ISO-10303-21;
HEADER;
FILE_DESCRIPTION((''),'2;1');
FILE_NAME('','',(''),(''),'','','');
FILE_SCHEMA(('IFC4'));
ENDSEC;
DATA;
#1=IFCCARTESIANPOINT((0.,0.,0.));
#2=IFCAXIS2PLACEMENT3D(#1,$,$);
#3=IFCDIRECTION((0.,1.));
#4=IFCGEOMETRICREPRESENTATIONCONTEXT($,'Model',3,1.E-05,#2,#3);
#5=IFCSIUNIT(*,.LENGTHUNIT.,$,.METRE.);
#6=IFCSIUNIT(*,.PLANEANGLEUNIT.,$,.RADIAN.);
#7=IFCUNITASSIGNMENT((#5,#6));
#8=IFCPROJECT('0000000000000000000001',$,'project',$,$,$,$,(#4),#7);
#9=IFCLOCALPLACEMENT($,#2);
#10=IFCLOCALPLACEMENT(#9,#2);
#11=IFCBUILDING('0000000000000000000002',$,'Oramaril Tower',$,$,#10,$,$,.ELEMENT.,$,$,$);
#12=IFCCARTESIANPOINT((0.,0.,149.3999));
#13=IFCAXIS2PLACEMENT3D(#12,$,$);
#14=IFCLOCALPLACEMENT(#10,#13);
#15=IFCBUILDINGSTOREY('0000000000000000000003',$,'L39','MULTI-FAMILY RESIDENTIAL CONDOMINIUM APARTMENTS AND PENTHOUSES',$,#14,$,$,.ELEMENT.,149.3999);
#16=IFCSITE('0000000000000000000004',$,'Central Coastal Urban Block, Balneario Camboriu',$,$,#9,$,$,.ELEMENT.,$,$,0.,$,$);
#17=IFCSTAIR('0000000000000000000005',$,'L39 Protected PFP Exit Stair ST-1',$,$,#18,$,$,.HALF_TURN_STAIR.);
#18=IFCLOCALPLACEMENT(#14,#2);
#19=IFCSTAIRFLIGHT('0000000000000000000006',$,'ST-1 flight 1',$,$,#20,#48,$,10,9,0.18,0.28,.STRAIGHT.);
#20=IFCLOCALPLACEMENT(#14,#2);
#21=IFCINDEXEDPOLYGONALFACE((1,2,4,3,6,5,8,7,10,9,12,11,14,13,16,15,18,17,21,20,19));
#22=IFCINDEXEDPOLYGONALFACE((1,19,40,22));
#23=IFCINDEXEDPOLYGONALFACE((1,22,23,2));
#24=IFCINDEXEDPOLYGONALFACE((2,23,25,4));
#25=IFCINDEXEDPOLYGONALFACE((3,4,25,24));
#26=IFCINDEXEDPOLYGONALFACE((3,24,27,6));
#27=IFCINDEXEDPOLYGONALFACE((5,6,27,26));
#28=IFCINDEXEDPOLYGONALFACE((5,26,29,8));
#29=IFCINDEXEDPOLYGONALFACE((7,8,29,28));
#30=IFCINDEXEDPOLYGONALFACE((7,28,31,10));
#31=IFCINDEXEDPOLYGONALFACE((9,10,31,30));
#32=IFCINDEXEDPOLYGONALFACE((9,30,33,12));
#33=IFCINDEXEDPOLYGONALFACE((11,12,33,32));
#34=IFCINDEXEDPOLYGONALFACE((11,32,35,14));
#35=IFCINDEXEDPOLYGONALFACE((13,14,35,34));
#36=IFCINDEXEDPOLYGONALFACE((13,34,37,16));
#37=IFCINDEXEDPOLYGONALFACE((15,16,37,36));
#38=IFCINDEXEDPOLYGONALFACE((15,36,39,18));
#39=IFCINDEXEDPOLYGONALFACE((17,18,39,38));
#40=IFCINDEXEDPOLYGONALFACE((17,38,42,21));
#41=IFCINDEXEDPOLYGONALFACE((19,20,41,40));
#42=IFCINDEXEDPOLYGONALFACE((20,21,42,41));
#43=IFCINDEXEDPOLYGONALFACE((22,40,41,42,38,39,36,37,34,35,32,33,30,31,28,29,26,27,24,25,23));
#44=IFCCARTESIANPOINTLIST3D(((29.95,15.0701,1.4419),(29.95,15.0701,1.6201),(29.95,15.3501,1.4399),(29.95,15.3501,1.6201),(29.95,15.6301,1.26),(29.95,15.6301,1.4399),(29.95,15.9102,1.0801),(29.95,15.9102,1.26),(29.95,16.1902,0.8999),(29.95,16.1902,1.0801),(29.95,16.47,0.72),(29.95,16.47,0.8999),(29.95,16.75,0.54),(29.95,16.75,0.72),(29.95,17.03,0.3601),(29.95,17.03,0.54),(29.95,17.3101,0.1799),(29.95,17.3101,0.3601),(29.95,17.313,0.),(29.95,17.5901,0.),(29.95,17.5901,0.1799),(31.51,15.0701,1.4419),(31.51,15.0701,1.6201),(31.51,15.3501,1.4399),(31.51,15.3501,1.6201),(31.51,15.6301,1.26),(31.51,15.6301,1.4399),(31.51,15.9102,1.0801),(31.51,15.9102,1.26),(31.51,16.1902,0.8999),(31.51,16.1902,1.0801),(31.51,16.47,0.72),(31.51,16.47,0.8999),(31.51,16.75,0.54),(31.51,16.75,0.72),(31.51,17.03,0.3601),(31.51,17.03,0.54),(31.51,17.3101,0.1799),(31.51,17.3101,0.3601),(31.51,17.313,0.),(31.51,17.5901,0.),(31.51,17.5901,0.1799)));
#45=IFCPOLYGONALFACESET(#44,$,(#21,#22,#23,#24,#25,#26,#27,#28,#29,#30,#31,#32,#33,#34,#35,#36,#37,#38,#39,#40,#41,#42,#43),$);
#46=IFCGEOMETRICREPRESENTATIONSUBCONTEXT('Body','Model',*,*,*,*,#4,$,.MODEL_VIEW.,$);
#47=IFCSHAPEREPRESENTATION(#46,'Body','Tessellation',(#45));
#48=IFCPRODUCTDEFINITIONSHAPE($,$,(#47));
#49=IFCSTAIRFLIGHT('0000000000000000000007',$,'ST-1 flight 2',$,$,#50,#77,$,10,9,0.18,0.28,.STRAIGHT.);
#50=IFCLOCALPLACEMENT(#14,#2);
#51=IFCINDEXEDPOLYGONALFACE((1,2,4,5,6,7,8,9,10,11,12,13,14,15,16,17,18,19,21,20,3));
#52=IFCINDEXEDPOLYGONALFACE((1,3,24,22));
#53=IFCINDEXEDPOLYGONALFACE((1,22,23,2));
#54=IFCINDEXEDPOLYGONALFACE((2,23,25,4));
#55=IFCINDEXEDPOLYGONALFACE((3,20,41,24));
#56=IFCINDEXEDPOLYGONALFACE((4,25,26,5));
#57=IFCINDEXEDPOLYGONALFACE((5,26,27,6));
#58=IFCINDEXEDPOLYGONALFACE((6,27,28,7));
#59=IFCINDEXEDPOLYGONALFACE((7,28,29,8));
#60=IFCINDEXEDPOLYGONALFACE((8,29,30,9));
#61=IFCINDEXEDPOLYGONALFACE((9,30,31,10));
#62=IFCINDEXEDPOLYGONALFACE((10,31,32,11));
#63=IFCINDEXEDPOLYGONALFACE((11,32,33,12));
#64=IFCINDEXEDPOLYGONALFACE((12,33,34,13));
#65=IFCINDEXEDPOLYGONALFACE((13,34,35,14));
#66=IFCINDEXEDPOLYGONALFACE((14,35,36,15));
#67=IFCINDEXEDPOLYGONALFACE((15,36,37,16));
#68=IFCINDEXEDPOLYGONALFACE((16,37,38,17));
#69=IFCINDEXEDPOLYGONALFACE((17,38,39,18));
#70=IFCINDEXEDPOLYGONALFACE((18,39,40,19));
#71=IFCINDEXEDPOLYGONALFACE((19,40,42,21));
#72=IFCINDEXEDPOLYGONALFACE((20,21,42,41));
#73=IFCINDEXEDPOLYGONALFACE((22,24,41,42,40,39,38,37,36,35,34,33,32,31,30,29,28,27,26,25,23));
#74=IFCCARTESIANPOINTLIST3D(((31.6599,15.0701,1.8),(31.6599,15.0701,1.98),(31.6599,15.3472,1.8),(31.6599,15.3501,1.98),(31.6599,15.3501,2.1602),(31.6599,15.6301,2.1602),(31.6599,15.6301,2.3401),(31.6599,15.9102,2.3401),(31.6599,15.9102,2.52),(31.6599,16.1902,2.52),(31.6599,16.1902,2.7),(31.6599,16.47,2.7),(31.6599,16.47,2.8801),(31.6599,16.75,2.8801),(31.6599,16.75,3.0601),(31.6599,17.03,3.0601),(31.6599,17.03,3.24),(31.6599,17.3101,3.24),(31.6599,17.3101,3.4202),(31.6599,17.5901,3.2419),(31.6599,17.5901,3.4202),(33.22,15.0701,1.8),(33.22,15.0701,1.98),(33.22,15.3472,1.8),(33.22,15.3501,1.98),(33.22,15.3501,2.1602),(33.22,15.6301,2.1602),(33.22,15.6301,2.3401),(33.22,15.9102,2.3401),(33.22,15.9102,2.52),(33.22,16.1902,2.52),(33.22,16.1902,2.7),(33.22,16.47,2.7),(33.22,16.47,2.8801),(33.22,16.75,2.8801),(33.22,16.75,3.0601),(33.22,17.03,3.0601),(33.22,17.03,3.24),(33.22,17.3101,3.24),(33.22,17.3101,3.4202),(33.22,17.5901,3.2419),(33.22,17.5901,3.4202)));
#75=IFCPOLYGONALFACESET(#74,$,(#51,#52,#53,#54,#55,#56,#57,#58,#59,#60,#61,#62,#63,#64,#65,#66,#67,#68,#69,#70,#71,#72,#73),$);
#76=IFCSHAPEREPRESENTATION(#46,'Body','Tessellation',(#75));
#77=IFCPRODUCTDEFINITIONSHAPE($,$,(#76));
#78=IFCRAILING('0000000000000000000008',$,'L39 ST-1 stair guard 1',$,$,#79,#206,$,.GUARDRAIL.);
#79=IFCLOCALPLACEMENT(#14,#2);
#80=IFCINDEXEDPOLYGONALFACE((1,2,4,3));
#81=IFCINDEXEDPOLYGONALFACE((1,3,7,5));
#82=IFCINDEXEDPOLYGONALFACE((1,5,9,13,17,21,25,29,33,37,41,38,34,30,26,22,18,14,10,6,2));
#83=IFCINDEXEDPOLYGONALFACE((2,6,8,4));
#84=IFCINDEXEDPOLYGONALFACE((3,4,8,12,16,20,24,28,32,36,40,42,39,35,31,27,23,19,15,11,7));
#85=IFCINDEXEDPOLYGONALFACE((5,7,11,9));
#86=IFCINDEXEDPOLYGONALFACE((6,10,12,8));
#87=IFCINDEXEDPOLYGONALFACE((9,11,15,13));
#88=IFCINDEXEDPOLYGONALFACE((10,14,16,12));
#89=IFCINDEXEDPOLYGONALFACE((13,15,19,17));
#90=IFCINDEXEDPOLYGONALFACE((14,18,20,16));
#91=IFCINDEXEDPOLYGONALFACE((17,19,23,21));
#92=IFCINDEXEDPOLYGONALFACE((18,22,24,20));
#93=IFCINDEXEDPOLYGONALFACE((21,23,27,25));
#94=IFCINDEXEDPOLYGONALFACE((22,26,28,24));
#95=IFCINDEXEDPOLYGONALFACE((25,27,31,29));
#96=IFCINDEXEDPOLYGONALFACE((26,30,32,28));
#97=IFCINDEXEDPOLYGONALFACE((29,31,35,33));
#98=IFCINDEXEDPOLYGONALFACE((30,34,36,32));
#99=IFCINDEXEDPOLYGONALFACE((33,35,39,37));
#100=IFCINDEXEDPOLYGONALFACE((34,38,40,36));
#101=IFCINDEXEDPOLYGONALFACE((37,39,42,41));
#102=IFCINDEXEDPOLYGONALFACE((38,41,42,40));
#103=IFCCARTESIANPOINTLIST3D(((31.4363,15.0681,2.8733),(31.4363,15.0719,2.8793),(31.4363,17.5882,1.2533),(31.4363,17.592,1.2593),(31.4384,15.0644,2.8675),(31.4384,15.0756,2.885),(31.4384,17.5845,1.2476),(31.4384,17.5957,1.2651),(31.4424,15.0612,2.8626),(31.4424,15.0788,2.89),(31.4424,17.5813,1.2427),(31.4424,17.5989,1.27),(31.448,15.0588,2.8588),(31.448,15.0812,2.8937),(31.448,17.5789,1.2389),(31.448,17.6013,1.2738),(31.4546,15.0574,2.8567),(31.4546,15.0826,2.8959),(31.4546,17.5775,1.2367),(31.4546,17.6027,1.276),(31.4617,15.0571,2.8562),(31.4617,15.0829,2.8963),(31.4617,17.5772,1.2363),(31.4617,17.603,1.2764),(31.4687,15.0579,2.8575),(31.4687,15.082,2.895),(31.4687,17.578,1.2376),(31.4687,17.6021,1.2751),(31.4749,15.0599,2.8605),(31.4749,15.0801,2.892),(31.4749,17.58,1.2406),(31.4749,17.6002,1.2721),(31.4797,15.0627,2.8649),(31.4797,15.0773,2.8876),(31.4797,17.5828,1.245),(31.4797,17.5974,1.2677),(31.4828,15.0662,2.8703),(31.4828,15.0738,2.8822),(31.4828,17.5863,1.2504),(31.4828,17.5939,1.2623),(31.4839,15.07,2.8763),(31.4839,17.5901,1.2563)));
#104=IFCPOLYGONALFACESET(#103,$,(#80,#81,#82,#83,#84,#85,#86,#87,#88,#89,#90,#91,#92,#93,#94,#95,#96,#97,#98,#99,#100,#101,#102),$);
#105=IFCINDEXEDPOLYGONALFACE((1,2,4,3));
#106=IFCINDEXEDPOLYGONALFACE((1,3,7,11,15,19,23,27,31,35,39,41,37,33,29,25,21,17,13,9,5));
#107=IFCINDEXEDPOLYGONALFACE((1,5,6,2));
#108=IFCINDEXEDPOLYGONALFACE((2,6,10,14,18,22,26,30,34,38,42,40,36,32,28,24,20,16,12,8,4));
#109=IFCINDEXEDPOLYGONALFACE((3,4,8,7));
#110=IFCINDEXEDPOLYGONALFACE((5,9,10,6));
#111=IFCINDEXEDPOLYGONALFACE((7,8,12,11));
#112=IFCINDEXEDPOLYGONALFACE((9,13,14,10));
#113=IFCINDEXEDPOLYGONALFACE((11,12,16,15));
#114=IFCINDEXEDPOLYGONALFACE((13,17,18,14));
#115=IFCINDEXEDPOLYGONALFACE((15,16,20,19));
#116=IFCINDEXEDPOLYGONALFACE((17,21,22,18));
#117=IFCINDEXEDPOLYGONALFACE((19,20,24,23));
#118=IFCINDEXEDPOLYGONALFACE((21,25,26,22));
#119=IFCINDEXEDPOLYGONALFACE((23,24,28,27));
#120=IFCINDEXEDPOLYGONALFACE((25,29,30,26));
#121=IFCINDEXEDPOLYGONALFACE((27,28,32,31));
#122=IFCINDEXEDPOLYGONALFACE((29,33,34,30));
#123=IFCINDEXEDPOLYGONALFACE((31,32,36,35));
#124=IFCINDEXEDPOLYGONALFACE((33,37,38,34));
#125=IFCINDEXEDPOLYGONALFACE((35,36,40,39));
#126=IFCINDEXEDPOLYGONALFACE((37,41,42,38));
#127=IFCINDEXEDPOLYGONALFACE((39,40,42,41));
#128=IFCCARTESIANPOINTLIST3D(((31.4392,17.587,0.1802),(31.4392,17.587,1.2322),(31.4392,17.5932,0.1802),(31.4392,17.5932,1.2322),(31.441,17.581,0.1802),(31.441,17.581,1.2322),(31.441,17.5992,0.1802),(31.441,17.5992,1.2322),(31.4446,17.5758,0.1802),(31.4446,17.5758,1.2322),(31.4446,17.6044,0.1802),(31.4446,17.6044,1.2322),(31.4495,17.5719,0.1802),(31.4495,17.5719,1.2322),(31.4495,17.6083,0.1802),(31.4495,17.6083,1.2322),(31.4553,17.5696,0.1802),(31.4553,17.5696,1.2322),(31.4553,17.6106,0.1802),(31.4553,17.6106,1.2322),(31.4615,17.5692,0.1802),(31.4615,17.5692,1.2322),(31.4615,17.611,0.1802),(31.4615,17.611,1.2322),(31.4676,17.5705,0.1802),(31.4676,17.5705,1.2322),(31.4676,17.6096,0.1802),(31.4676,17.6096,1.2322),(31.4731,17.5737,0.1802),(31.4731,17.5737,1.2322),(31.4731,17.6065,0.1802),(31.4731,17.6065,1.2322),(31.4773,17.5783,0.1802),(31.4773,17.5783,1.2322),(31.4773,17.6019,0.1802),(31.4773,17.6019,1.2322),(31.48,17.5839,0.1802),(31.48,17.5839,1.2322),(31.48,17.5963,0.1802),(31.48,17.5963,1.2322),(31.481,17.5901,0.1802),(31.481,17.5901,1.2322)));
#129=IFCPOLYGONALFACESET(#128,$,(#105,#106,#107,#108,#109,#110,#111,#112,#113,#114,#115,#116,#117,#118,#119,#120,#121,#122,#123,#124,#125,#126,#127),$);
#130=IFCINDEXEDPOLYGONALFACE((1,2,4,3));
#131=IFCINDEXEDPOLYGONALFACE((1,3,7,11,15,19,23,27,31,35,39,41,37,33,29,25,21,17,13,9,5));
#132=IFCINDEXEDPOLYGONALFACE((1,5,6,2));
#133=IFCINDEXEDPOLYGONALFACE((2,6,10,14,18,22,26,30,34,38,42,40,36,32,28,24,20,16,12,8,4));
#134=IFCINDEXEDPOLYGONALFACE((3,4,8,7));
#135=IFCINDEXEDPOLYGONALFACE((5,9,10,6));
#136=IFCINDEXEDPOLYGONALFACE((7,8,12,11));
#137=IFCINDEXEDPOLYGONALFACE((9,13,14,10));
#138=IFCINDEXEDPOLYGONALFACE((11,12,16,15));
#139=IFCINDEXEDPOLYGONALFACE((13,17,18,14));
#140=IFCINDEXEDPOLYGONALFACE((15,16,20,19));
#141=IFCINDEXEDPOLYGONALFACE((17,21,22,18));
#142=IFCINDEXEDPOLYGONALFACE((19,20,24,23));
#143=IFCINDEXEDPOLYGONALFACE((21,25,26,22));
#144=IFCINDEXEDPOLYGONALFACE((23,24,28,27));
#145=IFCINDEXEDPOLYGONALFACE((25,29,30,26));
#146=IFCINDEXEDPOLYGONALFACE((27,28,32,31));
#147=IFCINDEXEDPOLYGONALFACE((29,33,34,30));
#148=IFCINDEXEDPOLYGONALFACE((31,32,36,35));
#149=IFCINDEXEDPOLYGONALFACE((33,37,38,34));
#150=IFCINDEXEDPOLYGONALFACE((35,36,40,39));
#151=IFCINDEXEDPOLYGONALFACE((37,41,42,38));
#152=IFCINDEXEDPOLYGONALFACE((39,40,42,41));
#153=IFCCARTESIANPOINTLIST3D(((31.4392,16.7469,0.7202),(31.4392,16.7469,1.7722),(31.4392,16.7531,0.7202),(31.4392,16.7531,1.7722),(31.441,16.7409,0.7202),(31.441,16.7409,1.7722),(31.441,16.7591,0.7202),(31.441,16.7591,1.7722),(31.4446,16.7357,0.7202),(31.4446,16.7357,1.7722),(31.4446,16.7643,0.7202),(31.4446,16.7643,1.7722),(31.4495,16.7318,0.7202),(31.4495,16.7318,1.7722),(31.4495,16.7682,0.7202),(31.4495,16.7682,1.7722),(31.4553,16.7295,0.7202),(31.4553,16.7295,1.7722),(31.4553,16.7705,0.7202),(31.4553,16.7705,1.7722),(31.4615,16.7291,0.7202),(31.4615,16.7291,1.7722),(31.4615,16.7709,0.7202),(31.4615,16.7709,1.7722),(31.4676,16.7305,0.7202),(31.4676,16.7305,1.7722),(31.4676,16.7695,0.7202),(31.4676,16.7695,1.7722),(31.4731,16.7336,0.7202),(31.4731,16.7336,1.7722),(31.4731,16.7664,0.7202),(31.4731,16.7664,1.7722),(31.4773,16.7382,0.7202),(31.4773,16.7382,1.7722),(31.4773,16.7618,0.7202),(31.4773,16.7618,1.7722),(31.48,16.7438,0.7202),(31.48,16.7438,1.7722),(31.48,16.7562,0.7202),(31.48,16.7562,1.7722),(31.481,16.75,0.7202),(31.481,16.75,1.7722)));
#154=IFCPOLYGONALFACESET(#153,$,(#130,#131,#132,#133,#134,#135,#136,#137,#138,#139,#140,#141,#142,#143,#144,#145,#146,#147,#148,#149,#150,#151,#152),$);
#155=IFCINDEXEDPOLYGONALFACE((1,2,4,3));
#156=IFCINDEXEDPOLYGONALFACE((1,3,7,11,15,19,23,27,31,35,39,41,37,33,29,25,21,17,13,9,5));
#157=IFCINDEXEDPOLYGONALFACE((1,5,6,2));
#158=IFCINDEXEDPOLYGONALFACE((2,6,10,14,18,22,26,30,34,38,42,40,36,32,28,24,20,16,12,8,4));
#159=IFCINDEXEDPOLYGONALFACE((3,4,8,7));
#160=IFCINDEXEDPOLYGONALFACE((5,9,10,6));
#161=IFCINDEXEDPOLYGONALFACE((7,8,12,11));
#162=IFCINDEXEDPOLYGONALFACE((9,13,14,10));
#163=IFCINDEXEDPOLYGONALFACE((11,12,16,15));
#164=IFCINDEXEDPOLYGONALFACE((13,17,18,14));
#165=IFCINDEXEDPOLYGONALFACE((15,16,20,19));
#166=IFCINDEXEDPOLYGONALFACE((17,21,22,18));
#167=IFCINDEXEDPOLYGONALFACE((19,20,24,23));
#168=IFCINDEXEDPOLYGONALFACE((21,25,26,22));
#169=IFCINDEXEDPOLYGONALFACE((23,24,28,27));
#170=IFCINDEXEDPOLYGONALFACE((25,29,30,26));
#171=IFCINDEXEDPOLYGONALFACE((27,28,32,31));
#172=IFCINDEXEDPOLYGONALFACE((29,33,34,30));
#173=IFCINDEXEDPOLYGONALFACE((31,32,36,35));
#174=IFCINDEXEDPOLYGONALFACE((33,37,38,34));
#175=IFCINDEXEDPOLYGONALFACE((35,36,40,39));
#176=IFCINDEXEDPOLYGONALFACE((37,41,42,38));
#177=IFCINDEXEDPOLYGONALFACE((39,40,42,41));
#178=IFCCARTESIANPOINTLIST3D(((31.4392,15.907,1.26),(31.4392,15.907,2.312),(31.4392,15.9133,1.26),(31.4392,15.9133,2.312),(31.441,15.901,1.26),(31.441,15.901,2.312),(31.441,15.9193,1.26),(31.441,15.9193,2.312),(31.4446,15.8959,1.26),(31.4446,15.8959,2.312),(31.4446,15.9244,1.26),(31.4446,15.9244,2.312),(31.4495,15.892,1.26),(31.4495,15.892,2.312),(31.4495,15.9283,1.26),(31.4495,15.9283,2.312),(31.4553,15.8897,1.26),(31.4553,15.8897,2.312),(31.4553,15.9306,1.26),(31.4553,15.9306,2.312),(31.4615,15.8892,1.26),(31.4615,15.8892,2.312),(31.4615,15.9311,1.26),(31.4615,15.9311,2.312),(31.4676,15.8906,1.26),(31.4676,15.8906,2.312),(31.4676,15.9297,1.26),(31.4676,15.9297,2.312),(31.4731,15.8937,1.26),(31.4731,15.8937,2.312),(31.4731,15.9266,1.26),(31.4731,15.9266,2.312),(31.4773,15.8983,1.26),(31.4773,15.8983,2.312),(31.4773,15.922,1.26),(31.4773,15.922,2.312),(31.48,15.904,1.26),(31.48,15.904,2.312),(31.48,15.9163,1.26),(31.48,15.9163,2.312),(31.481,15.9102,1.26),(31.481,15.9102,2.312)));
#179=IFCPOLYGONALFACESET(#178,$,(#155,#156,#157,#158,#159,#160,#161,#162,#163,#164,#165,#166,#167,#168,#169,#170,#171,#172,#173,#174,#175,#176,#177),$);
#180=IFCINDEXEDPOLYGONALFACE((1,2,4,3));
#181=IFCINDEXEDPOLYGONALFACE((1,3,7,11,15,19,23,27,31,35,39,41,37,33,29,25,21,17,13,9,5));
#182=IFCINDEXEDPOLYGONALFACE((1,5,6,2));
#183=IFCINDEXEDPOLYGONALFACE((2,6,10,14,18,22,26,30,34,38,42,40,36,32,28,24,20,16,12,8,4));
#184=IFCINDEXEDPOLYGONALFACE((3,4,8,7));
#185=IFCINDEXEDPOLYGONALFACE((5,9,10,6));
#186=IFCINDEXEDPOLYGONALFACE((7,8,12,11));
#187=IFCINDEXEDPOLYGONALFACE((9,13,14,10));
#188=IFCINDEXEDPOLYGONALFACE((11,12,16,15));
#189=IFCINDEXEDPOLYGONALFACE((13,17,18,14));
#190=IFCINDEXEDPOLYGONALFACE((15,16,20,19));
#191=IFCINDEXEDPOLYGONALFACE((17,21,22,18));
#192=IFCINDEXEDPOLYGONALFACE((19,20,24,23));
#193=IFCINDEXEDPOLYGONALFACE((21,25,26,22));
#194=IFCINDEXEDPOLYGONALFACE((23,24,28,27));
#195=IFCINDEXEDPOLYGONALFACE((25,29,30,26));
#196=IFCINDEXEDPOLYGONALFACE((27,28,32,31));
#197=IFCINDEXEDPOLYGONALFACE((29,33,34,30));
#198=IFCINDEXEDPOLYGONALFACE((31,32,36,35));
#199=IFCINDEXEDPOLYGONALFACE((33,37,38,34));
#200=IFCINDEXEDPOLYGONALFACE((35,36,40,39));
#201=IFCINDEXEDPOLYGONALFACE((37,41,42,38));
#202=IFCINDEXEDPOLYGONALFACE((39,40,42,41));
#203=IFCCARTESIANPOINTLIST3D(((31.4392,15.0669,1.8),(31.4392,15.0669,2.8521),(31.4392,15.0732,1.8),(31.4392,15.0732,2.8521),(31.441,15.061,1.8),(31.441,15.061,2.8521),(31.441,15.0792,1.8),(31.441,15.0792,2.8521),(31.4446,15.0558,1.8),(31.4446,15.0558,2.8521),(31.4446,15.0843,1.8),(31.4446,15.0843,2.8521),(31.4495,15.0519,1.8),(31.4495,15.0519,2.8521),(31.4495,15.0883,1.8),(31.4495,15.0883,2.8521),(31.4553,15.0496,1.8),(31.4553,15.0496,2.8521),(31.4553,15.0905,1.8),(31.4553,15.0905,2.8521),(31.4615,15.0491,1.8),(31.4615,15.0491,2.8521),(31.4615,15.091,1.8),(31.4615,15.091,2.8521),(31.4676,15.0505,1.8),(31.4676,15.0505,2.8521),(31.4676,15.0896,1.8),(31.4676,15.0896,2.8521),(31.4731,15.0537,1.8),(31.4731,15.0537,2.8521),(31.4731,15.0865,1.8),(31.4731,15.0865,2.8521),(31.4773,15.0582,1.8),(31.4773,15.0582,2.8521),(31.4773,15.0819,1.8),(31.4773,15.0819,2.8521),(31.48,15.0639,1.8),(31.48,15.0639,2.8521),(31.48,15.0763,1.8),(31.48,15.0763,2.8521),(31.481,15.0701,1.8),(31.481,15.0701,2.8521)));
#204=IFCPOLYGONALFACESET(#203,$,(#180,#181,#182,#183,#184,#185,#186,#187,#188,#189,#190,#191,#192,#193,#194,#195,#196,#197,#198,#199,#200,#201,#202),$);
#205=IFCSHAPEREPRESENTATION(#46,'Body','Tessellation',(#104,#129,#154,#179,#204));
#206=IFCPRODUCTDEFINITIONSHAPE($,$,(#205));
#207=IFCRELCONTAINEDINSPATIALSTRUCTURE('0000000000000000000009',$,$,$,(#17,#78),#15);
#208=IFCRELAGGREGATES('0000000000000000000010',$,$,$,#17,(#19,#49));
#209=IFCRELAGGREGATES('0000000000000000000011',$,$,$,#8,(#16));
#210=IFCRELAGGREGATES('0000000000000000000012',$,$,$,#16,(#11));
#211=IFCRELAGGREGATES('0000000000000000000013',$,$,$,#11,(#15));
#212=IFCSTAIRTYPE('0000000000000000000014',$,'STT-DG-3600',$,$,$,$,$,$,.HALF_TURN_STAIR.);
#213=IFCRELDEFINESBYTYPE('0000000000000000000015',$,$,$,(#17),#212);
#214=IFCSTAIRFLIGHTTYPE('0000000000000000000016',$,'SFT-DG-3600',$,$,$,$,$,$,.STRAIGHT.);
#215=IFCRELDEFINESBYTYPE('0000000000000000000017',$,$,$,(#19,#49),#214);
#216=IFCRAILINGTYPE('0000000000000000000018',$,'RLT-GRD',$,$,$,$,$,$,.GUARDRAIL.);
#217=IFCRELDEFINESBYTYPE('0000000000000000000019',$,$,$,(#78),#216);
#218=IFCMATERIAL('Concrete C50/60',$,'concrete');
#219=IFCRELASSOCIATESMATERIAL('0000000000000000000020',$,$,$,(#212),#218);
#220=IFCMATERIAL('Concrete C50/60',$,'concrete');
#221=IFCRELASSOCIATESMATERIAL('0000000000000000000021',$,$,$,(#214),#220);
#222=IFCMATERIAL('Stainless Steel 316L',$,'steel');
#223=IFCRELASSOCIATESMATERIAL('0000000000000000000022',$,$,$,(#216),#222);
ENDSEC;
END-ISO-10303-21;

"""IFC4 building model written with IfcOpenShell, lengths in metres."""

from ifc_helpers import new_model, si_unit, direction, frame, origin, origin_2d, place, context, subcontext, project, spatial, polyline, circle, outline, extrude, material, type_object, element, aggregate, save


model = new_model("IFC4")

# Units and contexts
model_context = context("Model", 3, precision=1e-05, world=origin(), true_north=direction((0.0, 1.0)))
body_context = subcontext(model_context, "Body", "Model", "MODEL_VIEW")
ifc_project = project(units=[si_unit("LENGTHUNIT", "METRE"), si_unit("PLANEANGLEUNIT", "RADIAN")], contexts=[model_context])

# Site, building, storey
site_placement = place(None, origin())
site = spatial("IfcSite", under=ifc_project, at=site_placement, Name="Central Coastal Urban Block, Balneario Camboriu", CompositionType="ELEMENT", RefElevation=0.0)
building_placement = place(site_placement, origin())
building = spatial("IfcBuilding", under=site, at=building_placement, Name="Oramaril Tower", CompositionType="ELEMENT")
storey_placement = place(building_placement, frame((0.0, 0.0, 149.3999)))
storey = spatial("IfcBuildingStorey", under=building, at=storey_placement, Name="L39", Description="MULTI-FAMILY RESIDENTIAL CONDOMINIUM APARTMENTS AND PENTHOUSES", CompositionType="ELEMENT", Elevation=149.3999)

# Stair, stair flights
ifc_material_1 = material(Name="Concrete C50/60", Category="concrete")
stair_type = type_object("IfcStairType", Name="STT-DG-3600", PredefinedType="HALF_TURN_STAIR", material=ifc_material_1)
stair_placement = place(storey_placement, origin())
stair = element("IfcStair", 1, at=stair_placement, inside=storey, type_object=stair_type, Name="L39 Protected PFP Exit Stair ST-1", PredefinedType="HALF_TURN_STAIR")
ifc_material_2 = material(Name="Concrete C50/60", Category="concrete")
stair_flight_type = type_object("IfcStairFlightType", Name="SFT-DG-3600", PredefinedType="STRAIGHT", material=ifc_material_2)
stair_flight_1_placement = place(storey_placement, frame((30.73, 17.5901, 0.0), z_axis=(0.0, 0.0, 1.0), x_axis=(0.0, -1.0, 0.0)))
stair_flight_1 = element("IfcStairFlight", 2, at=stair_flight_1_placement, type_object=stair_flight_type, Name="ST-1 flight 1", NumberOfRisers=10, NumberOfTreads=9, PredefinedType="STRAIGHT", RiserHeight=0.18, TreadLength=0.28, context=body_context, shape_type="SweptSolid", body=[
    extrude(outline(polyline([(0.0, 0.0), (0.0, 0.1799), (0.28, 0.1799), (0.28, 0.3601), (0.5601, 0.3601), (0.5601, 0.54), (0.8401, 0.54), (0.8401, 0.72), (1.1201, 0.72), (1.1201, 0.8999), (1.3999, 0.8999), (1.3999, 1.0801), (1.6799, 1.0801), (1.6799, 1.26), (1.96, 1.26), (1.96, 1.4399), (2.24, 1.4399), (2.24, 1.6201), (2.52, 1.6201), (2.52, 1.8), (2.52, 1.4419), (0.2771, 0.0), (0.0, 0.0)])), frame((0.0, 0.78, 0.0), z_axis=(0.0, -1.0, 0.0), x_axis=(1.0, 0.0, 0.0)), (0.0, 0.0, 1.0), 1.5601),
])
stair_flight_2_placement = place(storey_placement, frame((32.4399, 15.0701, 1.8), z_axis=(0.0, 0.0, 1.0), x_axis=(0.0, 1.0, 0.0)))
stair_flight_2 = element("IfcStairFlight", 3, at=stair_flight_2_placement, type_object=stair_flight_type, Name="ST-1 flight 2", NumberOfRisers=10, NumberOfTreads=9, PredefinedType="STRAIGHT", RiserHeight=0.18, TreadLength=0.28, context=body_context, shape_type="SweptSolid", body=[
    extrude(outline(polyline([(0.0, 0.0), (0.0, 0.1799), (0.28, 0.1799), (0.28, 0.3601), (0.5601, 0.3601), (0.5601, 0.54), (0.8401, 0.54), (0.8401, 0.72), (1.1201, 0.72), (1.1201, 0.8999), (1.3999, 0.8999), (1.3999, 1.0801), (1.6799, 1.0801), (1.6799, 1.26), (1.96, 1.26), (1.96, 1.4399), (2.24, 1.4399), (2.24, 1.6201), (2.52, 1.6201), (2.52, 1.8), (2.52, 1.4419), (0.2771, 0.0), (0.0, 0.0)])), frame((0.0, 0.78, 0.0), z_axis=(0.0, -1.0, 0.0), x_axis=(1.0, 0.0, 0.0)), (0.0, 0.0, 1.0), 1.5601),
])
aggregate(stair, [stair_flight_1, stair_flight_2])

# Railing
ifc_material_3 = material(Name="Stainless Steel 316L", Category="steel")
railing_type_1 = type_object("IfcRailingType", Name="RLT-GRD", PredefinedType="GUARDRAIL", material=ifc_material_3)
railing_1_placement = place(storey_placement, frame((31.46, 17.5901, 0.1802)))
element("IfcRailing", 4, at=railing_1_placement, inside=storey, type_object=railing_type_1, Name="L39 ST-1 stair guard 1", PredefinedType="GUARDRAIL", context=body_context, shape_type="SweptSolid", body=[
    extrude(circle(Radius=0.0239, at=origin_2d()), frame((0.0, 0.0, 1.0762), z_axis=(0.0, -0.8412, 0.540725), x_axis=(1.0, 0.0, 0.0)), (0.0, 0.0, 1.0), 2.9958),
    extrude(circle(Radius=0.021, at=origin_2d()), origin(), (0.0, 0.0, 1.0), 1.052),
    extrude(circle(Radius=0.021, at=origin_2d()), frame((0.0, -0.8401, 0.54)), (0.0, 0.0, 1.0), 1.052),
    extrude(circle(Radius=0.021, at=origin_2d()), frame((0.0, -1.6799, 1.0798)), (0.0, 0.0, 1.0), 1.052),
    extrude(circle(Radius=0.021, at=origin_2d()), frame((0.0, -2.52, 1.6199)), (0.0, 0.0, 1.0), 1.052),
])

save(model, "model.ifc")
